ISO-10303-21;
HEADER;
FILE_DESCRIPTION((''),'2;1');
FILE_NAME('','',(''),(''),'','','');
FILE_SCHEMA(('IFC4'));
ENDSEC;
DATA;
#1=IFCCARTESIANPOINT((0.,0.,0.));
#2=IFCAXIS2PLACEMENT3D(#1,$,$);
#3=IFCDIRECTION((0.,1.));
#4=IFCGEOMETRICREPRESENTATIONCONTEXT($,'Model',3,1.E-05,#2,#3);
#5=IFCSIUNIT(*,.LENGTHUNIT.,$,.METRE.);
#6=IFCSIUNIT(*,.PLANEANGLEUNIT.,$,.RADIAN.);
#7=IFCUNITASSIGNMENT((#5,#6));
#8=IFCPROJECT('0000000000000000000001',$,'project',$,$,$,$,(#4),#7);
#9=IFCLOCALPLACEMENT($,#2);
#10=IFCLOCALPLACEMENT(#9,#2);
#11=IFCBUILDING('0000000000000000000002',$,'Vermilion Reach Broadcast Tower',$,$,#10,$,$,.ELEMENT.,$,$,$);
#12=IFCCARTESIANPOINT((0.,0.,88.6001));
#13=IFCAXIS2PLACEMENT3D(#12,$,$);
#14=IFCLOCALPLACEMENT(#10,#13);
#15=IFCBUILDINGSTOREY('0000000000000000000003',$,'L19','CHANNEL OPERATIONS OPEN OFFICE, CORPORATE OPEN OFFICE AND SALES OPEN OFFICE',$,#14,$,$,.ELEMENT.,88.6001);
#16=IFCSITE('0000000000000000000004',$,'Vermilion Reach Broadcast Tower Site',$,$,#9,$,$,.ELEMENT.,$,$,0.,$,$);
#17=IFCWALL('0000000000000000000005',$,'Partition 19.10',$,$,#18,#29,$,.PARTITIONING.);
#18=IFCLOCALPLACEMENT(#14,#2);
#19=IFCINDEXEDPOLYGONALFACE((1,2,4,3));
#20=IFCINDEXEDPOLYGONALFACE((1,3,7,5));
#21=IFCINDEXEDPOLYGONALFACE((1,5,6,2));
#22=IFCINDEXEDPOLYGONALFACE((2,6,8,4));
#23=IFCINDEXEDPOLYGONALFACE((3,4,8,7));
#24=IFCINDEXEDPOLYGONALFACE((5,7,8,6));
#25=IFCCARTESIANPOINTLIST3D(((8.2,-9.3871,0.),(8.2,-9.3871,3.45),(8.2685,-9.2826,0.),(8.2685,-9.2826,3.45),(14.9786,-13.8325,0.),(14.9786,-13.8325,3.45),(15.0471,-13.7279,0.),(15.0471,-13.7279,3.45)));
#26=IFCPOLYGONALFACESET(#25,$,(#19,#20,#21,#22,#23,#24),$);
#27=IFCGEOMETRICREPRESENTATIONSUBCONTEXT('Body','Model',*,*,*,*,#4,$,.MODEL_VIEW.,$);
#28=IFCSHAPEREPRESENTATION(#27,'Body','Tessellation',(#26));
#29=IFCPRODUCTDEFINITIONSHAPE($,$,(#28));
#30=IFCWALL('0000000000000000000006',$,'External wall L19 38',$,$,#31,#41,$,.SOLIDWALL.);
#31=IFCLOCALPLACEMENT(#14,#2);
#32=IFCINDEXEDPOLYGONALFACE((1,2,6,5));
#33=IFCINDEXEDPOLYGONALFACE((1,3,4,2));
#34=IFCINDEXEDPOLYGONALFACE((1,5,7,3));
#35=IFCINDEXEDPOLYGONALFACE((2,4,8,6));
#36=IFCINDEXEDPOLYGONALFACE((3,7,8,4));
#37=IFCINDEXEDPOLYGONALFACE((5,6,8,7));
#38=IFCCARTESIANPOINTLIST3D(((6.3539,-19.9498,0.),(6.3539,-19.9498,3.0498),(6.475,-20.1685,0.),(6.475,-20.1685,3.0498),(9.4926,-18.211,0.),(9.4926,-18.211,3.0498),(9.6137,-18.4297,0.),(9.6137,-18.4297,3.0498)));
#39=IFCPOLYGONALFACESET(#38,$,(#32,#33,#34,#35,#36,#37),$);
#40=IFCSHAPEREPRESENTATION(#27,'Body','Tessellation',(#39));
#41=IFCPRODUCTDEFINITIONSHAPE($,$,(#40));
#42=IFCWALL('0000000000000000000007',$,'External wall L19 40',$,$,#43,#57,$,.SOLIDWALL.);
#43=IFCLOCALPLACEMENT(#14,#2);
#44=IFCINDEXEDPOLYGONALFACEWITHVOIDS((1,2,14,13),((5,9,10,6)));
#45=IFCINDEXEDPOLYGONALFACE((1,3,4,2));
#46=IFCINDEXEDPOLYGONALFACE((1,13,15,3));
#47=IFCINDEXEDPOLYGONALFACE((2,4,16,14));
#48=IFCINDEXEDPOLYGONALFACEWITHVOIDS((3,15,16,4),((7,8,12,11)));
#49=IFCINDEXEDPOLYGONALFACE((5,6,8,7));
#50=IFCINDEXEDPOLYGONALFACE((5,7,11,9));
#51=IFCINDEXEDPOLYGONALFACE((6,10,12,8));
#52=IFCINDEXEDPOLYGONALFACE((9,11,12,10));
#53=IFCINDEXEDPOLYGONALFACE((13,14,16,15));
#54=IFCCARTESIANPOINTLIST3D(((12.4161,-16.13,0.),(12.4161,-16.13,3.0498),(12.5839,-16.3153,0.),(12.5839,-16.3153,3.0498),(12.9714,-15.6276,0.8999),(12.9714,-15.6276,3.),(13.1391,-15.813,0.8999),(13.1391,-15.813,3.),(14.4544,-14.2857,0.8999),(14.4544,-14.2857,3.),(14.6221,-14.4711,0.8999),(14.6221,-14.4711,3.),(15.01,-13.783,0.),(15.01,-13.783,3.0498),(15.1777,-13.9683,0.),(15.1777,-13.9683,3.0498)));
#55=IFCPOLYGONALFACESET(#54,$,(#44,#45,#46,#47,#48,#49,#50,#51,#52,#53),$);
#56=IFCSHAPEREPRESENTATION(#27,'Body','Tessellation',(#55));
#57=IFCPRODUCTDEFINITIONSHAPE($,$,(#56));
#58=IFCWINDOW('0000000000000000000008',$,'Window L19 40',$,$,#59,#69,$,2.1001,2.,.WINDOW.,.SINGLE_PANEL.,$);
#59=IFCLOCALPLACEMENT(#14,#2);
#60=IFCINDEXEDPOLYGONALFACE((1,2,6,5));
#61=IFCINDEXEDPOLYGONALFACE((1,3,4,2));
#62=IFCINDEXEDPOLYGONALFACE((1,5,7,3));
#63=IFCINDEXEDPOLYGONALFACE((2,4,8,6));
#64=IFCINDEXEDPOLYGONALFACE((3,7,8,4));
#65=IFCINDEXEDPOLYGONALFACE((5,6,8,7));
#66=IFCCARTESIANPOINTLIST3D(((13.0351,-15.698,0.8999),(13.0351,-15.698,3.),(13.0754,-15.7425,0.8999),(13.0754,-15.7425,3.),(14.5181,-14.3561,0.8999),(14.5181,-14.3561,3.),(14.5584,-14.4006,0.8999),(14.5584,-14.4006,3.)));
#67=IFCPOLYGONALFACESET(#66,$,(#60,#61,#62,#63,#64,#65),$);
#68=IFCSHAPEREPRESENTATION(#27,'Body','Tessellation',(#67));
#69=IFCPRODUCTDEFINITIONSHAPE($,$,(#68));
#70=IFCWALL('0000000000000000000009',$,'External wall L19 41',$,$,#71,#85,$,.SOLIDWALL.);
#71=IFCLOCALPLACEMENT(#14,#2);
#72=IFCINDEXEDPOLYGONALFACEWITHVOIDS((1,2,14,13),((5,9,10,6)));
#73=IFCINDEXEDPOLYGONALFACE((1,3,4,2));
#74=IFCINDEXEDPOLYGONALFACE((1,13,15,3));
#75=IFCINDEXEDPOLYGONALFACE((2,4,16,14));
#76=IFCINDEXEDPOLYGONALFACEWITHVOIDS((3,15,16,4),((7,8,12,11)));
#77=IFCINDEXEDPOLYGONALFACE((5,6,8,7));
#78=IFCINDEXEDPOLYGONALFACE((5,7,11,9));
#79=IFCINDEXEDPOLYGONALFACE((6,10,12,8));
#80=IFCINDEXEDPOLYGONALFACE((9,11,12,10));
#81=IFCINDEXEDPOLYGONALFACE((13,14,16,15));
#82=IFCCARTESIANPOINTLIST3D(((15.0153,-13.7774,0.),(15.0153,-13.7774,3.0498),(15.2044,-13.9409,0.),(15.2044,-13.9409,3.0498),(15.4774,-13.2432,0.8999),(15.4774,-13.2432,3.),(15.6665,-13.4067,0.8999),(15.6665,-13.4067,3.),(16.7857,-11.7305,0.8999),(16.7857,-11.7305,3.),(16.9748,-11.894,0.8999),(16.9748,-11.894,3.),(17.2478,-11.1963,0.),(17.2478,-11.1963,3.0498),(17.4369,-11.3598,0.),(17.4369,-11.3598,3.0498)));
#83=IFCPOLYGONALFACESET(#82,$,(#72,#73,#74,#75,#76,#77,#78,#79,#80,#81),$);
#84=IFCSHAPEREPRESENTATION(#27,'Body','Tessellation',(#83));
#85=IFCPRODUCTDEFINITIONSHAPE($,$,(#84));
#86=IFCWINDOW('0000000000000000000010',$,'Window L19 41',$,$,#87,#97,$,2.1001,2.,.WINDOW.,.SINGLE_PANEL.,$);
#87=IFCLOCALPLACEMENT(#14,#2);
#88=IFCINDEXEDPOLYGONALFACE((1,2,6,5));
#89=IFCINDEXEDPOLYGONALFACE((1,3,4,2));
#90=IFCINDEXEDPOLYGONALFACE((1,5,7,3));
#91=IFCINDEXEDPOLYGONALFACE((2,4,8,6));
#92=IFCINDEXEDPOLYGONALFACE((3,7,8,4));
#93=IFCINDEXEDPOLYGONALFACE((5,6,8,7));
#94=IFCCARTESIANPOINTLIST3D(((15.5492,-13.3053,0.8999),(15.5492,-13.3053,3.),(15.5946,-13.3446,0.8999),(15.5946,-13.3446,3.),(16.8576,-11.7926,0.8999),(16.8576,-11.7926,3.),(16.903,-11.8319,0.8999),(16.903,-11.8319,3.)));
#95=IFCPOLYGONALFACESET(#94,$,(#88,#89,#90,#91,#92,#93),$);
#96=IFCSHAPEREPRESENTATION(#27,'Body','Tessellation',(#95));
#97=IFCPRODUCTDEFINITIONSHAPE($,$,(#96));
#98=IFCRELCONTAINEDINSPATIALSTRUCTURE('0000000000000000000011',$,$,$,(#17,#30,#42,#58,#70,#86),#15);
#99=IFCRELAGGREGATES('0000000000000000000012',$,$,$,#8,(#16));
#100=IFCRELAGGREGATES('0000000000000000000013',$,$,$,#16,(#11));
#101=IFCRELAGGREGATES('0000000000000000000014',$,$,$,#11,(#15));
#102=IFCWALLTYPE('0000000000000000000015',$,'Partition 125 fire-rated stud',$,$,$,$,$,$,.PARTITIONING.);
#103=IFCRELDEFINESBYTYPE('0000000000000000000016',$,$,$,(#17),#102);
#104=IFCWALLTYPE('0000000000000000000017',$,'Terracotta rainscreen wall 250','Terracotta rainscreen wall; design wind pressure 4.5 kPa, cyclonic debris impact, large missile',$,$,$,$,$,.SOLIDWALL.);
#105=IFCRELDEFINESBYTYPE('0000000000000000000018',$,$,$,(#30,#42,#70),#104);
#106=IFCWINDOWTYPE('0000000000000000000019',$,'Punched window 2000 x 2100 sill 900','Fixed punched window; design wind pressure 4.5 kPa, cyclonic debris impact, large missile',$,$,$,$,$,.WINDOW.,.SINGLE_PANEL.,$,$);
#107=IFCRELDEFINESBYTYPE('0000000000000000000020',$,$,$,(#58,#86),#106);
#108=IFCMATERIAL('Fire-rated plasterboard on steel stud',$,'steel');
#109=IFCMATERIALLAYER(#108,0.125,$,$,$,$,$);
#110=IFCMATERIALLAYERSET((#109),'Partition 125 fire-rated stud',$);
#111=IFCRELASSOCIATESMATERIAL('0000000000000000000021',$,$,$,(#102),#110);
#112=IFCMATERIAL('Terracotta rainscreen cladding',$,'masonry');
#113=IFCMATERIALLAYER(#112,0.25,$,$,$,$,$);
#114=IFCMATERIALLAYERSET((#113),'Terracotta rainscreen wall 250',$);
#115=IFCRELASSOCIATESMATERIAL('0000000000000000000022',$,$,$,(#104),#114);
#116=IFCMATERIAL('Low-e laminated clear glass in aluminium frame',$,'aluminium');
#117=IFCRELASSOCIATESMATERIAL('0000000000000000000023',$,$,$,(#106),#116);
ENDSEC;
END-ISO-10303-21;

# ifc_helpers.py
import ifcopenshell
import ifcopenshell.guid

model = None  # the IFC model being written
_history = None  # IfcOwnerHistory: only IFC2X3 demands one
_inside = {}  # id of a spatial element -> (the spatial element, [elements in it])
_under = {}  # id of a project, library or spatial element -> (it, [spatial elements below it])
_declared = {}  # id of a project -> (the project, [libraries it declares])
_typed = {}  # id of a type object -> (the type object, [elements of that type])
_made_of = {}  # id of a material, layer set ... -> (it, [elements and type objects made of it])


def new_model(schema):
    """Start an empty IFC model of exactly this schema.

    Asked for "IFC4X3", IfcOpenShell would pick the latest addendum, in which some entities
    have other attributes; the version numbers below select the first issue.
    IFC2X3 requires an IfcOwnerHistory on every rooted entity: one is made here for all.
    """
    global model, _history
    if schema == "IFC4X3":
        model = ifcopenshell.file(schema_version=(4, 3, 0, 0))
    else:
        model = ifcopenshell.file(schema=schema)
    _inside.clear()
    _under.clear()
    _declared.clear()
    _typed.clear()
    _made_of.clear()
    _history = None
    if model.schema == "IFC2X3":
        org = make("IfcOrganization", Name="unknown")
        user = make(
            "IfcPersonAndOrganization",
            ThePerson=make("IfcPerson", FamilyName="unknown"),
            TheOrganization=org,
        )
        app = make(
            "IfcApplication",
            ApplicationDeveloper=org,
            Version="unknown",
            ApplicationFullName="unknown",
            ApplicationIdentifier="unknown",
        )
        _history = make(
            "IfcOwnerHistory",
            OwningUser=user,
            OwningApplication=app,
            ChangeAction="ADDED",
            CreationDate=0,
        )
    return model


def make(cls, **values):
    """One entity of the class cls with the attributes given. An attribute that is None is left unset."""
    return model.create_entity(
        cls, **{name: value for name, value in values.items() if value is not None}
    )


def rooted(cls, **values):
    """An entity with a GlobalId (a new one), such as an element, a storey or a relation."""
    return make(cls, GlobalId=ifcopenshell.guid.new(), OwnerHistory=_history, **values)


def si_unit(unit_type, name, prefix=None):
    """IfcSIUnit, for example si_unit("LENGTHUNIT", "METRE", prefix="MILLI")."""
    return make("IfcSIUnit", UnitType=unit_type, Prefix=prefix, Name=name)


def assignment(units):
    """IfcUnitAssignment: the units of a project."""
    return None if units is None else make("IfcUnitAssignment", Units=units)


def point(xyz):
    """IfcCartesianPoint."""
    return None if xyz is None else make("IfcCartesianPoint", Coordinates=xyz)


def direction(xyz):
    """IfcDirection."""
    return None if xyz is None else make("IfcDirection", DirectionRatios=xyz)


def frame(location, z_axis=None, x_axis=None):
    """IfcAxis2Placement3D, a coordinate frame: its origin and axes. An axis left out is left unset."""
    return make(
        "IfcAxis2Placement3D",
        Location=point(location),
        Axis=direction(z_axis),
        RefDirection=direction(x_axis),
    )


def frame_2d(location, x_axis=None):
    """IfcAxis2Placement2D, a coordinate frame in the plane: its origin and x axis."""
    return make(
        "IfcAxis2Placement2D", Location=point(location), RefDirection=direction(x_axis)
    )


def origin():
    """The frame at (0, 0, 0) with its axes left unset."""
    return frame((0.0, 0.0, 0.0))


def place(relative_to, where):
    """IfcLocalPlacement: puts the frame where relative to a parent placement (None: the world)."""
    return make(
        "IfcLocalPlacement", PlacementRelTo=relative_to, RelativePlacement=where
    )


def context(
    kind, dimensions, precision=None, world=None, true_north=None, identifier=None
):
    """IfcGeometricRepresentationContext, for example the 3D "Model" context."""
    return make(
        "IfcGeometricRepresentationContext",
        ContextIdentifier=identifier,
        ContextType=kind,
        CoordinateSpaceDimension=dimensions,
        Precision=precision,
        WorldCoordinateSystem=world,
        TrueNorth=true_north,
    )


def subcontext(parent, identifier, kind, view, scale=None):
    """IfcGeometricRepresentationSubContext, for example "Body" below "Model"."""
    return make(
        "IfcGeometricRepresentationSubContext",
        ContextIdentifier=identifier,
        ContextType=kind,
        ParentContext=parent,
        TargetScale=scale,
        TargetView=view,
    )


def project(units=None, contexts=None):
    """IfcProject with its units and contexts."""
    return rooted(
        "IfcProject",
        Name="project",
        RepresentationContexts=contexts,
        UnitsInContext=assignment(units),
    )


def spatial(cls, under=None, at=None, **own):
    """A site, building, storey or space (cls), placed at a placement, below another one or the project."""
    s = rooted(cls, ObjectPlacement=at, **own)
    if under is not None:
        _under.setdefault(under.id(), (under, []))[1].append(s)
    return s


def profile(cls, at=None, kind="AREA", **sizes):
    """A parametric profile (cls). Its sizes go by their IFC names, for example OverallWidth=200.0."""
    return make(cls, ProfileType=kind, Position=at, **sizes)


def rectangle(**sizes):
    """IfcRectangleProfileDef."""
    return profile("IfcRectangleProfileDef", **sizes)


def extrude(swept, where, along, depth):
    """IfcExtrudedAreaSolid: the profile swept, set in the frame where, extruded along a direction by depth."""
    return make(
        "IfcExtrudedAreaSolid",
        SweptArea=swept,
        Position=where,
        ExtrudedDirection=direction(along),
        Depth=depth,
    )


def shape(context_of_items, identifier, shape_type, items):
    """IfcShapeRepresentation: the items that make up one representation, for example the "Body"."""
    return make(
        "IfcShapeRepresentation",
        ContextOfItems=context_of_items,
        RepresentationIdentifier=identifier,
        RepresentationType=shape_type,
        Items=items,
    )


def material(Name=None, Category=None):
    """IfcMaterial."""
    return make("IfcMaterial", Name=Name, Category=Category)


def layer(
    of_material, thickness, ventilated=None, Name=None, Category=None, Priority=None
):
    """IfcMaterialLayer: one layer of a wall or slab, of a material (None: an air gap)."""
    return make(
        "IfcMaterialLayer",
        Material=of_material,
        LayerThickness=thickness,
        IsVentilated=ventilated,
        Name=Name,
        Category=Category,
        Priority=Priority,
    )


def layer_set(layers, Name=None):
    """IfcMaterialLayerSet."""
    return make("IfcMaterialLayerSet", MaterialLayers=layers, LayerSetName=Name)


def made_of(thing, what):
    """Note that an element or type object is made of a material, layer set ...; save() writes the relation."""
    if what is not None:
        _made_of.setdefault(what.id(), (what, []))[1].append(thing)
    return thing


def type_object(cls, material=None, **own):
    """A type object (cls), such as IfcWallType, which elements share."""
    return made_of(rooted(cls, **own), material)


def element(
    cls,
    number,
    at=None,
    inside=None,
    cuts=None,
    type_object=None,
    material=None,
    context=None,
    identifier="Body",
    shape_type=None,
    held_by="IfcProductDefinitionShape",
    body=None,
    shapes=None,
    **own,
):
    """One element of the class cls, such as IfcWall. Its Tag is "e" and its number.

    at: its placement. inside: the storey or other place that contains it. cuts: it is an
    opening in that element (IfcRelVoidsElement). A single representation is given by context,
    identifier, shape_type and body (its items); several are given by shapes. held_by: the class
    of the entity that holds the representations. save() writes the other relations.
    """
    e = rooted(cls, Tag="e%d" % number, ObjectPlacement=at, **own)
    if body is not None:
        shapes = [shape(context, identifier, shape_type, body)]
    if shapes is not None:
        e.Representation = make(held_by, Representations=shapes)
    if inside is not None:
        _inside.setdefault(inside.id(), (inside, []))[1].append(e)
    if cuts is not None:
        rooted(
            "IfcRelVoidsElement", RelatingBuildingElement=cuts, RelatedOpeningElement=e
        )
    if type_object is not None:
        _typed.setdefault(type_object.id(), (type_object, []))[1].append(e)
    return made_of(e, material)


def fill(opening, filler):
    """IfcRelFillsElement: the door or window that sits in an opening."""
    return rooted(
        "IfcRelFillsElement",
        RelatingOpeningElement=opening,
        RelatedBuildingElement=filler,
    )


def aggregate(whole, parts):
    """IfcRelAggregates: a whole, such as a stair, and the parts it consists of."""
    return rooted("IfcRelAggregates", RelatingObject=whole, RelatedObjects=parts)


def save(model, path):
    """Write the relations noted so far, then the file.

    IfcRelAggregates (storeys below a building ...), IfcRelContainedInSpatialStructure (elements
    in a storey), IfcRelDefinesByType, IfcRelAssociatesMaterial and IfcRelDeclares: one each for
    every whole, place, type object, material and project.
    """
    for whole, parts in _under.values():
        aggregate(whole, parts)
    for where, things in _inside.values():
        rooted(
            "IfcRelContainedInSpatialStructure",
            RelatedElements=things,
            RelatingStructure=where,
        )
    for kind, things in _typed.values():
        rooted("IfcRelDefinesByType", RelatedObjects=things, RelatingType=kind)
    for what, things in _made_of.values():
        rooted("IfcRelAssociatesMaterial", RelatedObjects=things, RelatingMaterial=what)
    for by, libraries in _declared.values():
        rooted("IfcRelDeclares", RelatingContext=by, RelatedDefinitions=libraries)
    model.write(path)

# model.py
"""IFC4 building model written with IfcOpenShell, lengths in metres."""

from ifc_helpers import new_model, si_unit, direction, frame, frame_2d, origin, place, context, subcontext, project, spatial, rectangle, extrude, material, layer, layer_set, type_object, element, fill, save


model = new_model("IFC4")

# Units and contexts
model_context = context("Model", 3, precision=1e-05, world=origin(), true_north=direction((0.0, 1.0)))
body_context = subcontext(model_context, "Body", "Model", "MODEL_VIEW")
ifc_project = project(units=[si_unit("LENGTHUNIT", "METRE"), si_unit("PLANEANGLEUNIT", "RADIAN")], contexts=[model_context])

# Site, building, storey
site_placement = place(None, origin())
site = spatial("IfcSite", under=ifc_project, at=site_placement, Name="Vermilion Reach Broadcast Tower Site", CompositionType="ELEMENT", RefElevation=0.0)
building_placement = place(site_placement, origin())
building = spatial("IfcBuilding", under=site, at=building_placement, Name="Vermilion Reach Broadcast Tower", CompositionType="ELEMENT")
storey_placement = place(building_placement, frame((0.0, 0.0, 88.6001)))
storey = spatial("IfcBuildingStorey", under=building, at=storey_placement, Name="L19", Description="CHANNEL OPERATIONS OPEN OFFICE, CORPORATE OPEN OFFICE AND SALES OPEN OFFICE", CompositionType="ELEMENT", Elevation=88.6001)

# Walls
ifc_material_1 = material(Name="Fire-rated plasterboard on steel stud", Category="steel")
ifc_layer_1 = layer(ifc_material_1, 0.125)
ifc_layer_set_1 = layer_set([ifc_layer_1], Name="Partition 125 fire-rated stud")
wall_type_1 = type_object("IfcWallType", Name="Partition 125 fire-rated stud", PredefinedType="PARTITIONING", material=ifc_layer_set_1)
wall_1_placement = place(storey_placement, frame((15.0129, -13.7803, 0.0), z_axis=(0.0, 0.0, 1.0), x_axis=(-0.836224, 0.548387, 0.0)))
element("IfcWall", 1, at=wall_1_placement, inside=storey, type_object=wall_type_1, Name="Partition 19.10", PredefinedType="PARTITIONING", context=body_context, shape_type="SweptSolid", body=[
    extrude(rectangle(XDim=8.1062, YDim=0.125, at=frame_2d((4.0532, 0.0))), origin(), (0.0, 0.0, 1.0), 3.45),
])
ifc_material_2 = material(Name="Terracotta rainscreen cladding", Category="masonry")
ifc_layer_2 = layer(ifc_material_2, 0.25)
ifc_layer_set_2 = layer_set([ifc_layer_2], Name="Terracotta rainscreen wall 250")
wall_type_2 = type_object("IfcWallType", Name="Terracotta rainscreen wall 250", Description="Terracotta rainscreen wall; design wind pressure 4.5 kPa, cyclonic debris impact, large missile", PredefinedType="SOLIDWALL", material=ifc_layer_set_2)
wall_2_placement = place(storey_placement, frame((6.4146, -20.0591, 0.0), z_axis=(0.0, 0.0, 1.0), x_axis=(0.874741, 0.484591, 0.0)))
element("IfcWall", 2, at=wall_2_placement, inside=storey, type_object=wall_type_2, Name="External wall L19 38", PredefinedType="SOLIDWALL", context=body_context, shape_type="SweptSolid", body=[
    extrude(rectangle(XDim=3.5881, YDim=0.25, at=frame_2d((1.7939, 0.0))), origin(), (0.0, 0.0, 1.0), 3.0498),
])

# Walls, openings, windows
wall_3_placement = place(storey_placement, frame((12.5, -16.2227, 0.0), z_axis=(0.0, 0.0, 1.0), x_axis=(0.741508, 0.670944, 0.0)))
wall_3 = element("IfcWall", 3, at=wall_3_placement, inside=storey, type_object=wall_type_2, Name="External wall L19 40", PredefinedType="SOLIDWALL", context=body_context, shape_type="SweptSolid", body=[
    extrude(rectangle(XDim=3.498, YDim=0.25, at=frame_2d((1.749, 0.0))), origin(), (0.0, 0.0, 1.0), 3.0498),
])
opening_1_placement = place(wall_3_placement, frame((0.7488, 0.0, 0.8999)))
opening_1 = element("IfcOpeningElement", 4, at=opening_1_placement, cuts=wall_3, PredefinedType="OPENING", context=body_context, shape_type="SweptSolid", body=[
    extrude(rectangle(XDim=2.0, YDim=2.1001, at=frame_2d((1.0, 1.05))), frame((0.0, 0.135, 0.0), z_axis=(0.0, -1.0, 0.0), x_axis=(1.0, 0.0, 0.0)), (0.0, 0.0, 1.0), 0.27),
])
ifc_material_3 = material(Name="Low-e laminated clear glass in aluminium frame", Category="aluminium")
window_type = type_object("IfcWindowType", Name="Punched window 2000 x 2100 sill 900", Description="Fixed punched window; design wind pressure 4.5 kPa, cyclonic debris impact, large missile", PartitioningType="SINGLE_PANEL", PredefinedType="WINDOW", material=ifc_material_3)
window_1_placement = place(opening_1_placement, origin())
window_1 = element("IfcWindow", 5, at=window_1_placement, inside=storey, type_object=window_type, Name="Window L19 40", OverallHeight=2.1001, OverallWidth=2.0, PartitioningType="SINGLE_PANEL", PredefinedType="WINDOW", context=body_context, shape_type="SweptSolid", body=[
    extrude(rectangle(XDim=2.0, YDim=2.1001, at=frame_2d((1.0, 1.05))), frame((0.0, 0.03, 0.0), z_axis=(0.0, -1.0, 0.0), x_axis=(1.0, 0.0, 0.0)), (0.0, 0.0, 1.0), 0.0601),
])
fill(opening_1, window_1)
wall_4_placement = place(storey_placement, frame((15.1099, -13.8591, 0.0), z_axis=(0.0, 0.0, 1.0), x_axis=(0.654178, 0.75634, 0.0)))
wall_4 = element("IfcWall", 6, at=wall_4_placement, inside=storey, type_object=wall_type_2, Name="External wall L19 41", PredefinedType="SOLIDWALL", context=body_context, shape_type="SweptSolid", body=[
    extrude(rectangle(XDim=3.4126, YDim=0.25, at=frame_2d((1.7063, 0.0))), origin(), (0.0, 0.0, 1.0), 3.0498),
])
opening_2_placement = place(wall_4_placement, frame((0.7063, 0.0, 0.8999)))
opening_2 = element("IfcOpeningElement", 7, at=opening_2_placement, cuts=wall_4, PredefinedType="OPENING", context=body_context, shape_type="SweptSolid", body=[
    extrude(rectangle(XDim=2.0, YDim=2.1001, at=frame_2d((1.0, 1.05))), frame((0.0, 0.135, 0.0), z_axis=(0.0, -1.0, 0.0), x_axis=(1.0, 0.0, 0.0)), (0.0, 0.0, 1.0), 0.27),
])
window_2_placement = place(opening_2_placement, origin())
window_2 = element("IfcWindow", 8, at=window_2_placement, inside=storey, type_object=window_type, Name="Window L19 41", OverallHeight=2.1001, OverallWidth=2.0, PartitioningType="SINGLE_PANEL", PredefinedType="WINDOW", context=body_context, shape_type="SweptSolid", body=[
    extrude(rectangle(XDim=2.0, YDim=2.1001, at=frame_2d((1.0, 1.05))), frame((0.0, 0.03, 0.0), z_axis=(0.0, -1.0, 0.0), x_axis=(1.0, 0.0, 0.0)), (0.0, 0.0, 1.0), 0.0601),
])
fill(opening_2, window_2)

save(model, "model.ifc")
